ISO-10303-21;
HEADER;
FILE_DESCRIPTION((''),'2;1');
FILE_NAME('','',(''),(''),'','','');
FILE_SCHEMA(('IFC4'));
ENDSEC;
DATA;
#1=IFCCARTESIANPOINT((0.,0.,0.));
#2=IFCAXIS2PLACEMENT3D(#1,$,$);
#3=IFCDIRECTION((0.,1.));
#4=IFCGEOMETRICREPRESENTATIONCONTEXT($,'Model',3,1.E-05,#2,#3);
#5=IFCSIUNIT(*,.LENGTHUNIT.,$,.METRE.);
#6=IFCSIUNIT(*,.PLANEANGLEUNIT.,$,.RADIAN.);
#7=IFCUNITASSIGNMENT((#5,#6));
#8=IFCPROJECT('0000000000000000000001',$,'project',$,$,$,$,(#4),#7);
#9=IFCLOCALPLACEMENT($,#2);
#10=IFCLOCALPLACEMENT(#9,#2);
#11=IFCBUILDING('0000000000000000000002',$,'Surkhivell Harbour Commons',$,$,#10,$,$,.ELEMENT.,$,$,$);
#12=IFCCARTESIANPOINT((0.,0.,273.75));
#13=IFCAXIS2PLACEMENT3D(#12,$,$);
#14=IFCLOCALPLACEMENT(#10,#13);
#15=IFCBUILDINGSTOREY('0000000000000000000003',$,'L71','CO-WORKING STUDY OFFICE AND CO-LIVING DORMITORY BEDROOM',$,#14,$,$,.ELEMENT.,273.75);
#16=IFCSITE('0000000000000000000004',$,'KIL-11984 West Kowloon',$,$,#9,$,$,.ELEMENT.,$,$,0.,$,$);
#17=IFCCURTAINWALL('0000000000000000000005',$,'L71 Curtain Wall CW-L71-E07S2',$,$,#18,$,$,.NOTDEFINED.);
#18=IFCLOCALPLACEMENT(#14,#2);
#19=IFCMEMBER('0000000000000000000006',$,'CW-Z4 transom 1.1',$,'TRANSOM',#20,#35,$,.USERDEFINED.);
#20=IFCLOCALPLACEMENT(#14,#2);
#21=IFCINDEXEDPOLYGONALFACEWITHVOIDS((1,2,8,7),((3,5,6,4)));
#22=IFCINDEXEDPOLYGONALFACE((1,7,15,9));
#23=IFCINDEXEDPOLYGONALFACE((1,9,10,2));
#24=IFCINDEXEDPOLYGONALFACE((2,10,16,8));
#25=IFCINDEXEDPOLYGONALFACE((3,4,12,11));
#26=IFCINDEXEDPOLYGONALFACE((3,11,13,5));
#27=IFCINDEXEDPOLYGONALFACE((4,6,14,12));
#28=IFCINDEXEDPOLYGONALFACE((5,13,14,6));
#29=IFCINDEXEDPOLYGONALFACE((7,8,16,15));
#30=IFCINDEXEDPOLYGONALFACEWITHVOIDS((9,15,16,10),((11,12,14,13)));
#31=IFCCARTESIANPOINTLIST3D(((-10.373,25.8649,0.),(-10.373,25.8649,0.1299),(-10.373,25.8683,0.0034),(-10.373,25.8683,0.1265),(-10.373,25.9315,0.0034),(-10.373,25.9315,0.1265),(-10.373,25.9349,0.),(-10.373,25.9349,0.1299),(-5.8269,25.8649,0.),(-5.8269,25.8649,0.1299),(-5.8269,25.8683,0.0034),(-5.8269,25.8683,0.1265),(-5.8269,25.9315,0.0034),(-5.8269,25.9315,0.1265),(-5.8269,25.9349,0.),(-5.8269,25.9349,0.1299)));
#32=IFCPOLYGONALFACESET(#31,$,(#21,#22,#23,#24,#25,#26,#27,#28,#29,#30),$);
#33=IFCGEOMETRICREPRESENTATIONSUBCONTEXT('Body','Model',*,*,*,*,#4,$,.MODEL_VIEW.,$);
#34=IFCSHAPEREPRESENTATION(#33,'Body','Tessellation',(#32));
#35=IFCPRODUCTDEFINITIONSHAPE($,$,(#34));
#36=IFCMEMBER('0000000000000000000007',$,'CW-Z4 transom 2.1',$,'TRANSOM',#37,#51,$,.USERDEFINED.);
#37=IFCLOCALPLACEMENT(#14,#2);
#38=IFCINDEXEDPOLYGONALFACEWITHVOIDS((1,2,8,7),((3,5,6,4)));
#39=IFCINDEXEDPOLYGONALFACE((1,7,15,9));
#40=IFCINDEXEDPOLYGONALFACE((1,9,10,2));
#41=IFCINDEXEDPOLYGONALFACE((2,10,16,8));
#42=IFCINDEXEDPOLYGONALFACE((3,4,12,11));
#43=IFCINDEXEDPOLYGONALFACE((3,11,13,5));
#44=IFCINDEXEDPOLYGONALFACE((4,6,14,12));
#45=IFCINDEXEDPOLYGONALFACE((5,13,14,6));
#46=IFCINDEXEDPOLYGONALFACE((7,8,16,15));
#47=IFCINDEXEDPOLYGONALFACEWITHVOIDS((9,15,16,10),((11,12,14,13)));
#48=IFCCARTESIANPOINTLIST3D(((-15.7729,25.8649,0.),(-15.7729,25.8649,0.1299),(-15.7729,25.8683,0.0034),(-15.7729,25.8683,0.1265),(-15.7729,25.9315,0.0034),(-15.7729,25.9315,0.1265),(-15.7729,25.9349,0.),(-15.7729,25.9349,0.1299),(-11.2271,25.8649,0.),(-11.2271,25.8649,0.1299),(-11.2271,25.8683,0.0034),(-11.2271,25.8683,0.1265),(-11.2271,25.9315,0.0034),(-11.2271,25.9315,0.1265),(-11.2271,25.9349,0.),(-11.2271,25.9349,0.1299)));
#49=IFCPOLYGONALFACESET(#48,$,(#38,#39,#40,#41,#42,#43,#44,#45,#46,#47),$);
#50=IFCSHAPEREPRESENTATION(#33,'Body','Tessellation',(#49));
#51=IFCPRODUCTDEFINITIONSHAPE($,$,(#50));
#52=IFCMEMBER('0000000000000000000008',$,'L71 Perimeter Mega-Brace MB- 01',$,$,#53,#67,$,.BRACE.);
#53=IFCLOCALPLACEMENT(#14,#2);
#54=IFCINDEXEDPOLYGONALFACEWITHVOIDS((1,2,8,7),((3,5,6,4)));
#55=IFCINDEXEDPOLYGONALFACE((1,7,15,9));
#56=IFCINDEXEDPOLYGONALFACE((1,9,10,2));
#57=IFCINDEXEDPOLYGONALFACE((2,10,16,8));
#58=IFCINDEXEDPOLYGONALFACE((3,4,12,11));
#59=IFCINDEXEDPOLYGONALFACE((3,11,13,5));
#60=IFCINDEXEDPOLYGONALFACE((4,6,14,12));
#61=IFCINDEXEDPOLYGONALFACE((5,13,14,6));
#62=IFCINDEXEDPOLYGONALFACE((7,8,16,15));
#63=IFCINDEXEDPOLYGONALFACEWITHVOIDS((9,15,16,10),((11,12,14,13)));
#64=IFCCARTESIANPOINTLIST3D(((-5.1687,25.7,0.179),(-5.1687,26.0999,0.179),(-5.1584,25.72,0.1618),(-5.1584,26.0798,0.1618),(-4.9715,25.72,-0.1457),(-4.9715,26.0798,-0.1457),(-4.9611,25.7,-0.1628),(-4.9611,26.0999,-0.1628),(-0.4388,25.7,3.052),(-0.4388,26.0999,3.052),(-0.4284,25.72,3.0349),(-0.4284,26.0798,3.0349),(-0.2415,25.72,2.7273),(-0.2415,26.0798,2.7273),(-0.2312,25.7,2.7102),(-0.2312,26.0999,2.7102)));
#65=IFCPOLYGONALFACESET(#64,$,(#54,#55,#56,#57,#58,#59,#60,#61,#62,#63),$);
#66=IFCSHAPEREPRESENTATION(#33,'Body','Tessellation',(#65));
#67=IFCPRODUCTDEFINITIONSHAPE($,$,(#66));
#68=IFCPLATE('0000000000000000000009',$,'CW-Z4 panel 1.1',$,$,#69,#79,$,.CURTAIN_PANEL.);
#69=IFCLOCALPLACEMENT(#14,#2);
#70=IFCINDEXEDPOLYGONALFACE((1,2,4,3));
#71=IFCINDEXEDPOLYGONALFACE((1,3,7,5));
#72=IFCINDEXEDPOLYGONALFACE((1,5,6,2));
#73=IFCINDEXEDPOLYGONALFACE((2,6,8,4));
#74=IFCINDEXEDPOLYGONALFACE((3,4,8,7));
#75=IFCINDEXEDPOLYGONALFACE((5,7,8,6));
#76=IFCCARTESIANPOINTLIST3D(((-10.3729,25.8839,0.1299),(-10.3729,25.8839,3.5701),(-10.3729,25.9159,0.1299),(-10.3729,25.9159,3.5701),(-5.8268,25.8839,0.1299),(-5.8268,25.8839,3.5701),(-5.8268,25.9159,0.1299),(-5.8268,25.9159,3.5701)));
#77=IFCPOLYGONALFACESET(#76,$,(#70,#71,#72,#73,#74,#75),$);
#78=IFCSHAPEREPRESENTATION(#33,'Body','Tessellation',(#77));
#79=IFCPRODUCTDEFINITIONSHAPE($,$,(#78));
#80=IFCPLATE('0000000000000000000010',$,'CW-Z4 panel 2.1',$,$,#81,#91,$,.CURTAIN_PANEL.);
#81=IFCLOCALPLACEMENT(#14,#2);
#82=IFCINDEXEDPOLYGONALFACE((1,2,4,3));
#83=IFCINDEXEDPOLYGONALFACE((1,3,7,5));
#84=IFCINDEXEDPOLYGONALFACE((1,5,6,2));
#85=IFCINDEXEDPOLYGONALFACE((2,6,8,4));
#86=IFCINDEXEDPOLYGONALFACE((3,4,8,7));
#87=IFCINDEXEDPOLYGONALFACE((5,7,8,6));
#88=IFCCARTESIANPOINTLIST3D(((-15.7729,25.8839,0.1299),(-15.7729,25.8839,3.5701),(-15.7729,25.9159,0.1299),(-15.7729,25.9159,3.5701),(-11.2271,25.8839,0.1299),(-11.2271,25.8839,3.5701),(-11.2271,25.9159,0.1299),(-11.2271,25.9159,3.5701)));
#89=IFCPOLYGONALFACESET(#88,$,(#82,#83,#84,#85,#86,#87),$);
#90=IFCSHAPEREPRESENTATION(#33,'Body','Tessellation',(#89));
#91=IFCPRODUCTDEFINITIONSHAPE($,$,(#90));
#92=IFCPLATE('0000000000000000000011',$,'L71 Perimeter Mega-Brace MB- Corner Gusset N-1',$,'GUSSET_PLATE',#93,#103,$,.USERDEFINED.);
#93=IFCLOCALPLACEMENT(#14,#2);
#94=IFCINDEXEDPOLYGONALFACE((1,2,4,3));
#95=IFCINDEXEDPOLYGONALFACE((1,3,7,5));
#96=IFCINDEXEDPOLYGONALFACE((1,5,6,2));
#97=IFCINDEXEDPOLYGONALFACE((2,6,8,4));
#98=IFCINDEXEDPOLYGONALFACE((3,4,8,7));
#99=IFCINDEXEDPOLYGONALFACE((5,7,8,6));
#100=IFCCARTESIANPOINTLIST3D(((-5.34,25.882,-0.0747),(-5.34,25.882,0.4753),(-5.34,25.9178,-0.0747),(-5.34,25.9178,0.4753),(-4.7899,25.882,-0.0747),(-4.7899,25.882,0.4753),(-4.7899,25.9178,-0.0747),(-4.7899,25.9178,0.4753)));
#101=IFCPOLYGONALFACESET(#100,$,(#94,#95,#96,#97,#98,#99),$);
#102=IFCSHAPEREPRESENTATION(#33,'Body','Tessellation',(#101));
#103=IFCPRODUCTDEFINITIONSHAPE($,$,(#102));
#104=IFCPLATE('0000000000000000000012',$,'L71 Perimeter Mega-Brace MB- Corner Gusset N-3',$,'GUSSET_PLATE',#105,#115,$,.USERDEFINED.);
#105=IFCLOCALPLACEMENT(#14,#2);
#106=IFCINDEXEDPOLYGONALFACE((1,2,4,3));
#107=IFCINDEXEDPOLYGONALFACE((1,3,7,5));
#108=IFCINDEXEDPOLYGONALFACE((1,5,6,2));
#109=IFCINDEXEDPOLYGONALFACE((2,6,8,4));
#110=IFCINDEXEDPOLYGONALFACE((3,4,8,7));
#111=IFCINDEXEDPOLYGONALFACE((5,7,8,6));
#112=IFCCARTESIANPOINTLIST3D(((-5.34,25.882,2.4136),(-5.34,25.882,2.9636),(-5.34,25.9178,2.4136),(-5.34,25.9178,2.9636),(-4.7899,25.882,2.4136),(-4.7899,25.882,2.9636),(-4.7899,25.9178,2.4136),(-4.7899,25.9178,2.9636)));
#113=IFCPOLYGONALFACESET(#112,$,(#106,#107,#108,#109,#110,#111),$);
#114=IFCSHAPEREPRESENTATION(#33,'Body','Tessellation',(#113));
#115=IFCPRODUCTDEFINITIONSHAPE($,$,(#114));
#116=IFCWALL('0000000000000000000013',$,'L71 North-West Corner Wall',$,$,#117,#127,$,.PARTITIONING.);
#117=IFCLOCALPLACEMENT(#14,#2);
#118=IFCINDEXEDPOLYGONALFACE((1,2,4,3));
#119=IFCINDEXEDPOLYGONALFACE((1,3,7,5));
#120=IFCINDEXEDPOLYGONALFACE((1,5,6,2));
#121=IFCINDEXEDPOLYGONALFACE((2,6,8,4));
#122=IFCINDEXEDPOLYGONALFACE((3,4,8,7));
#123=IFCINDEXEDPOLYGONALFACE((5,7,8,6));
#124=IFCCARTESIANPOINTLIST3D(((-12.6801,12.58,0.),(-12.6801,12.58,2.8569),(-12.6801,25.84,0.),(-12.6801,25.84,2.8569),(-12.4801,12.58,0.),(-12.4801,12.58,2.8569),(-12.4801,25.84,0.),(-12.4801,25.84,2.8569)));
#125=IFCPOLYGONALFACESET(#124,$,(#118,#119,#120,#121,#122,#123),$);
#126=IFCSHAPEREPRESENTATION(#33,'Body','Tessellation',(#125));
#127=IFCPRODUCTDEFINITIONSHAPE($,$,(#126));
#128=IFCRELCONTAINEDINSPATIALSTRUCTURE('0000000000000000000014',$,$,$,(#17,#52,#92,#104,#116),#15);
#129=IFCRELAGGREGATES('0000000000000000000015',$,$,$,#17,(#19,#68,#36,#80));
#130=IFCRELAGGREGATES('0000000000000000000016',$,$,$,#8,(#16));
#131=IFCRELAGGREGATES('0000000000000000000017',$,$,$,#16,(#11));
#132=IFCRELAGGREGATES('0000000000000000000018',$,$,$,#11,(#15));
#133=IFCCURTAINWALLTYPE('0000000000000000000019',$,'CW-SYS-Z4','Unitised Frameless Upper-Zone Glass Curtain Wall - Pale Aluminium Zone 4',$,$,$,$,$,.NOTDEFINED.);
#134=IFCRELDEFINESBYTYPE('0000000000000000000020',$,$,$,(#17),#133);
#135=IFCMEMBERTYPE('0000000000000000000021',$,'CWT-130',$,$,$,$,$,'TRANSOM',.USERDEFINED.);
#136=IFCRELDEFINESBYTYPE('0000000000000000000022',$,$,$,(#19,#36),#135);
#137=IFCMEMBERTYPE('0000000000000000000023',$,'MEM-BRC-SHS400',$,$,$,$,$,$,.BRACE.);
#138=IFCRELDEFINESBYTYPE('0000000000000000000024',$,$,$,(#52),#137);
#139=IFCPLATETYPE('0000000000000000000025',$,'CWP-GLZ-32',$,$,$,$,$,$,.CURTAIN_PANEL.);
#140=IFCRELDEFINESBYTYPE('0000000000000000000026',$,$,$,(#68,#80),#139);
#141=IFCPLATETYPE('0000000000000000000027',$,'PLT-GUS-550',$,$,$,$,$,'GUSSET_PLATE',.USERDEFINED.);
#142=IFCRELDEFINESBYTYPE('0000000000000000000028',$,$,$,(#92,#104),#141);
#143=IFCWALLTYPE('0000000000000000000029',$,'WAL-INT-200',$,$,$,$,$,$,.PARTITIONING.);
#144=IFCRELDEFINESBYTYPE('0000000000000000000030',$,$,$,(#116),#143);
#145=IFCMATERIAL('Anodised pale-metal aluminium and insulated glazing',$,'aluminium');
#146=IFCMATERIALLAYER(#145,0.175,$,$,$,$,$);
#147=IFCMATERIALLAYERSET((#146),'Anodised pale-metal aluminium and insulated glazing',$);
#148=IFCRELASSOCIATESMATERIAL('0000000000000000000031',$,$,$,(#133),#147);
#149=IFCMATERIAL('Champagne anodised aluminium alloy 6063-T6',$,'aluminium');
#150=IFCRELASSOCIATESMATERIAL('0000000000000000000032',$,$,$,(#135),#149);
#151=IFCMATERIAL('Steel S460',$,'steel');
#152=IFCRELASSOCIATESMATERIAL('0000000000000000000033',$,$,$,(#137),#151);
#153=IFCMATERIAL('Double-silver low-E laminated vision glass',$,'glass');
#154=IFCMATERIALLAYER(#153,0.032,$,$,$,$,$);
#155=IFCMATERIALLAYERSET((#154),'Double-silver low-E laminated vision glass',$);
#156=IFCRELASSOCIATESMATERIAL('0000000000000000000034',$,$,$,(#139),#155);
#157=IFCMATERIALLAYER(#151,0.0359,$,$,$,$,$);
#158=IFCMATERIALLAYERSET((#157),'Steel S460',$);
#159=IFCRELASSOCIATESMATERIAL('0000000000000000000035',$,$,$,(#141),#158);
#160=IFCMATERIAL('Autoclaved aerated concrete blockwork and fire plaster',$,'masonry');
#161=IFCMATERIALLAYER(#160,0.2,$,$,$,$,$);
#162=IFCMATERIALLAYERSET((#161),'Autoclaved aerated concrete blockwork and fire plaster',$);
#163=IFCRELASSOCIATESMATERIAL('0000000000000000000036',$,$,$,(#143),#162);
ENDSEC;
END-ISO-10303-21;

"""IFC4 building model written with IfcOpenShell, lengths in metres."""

from ifc_helpers import new_model, si_unit, direction, frame, frame_2d, origin, origin_2d, place, context, subcontext, project, spatial, rectangle, hollow_rectangle, extrude, material, layer, layer_set, material_profile, profile_set, type_object, element, aggregate, save


model = new_model("IFC4")

# Units and contexts
model_context = context("Model", 3, precision=1e-05, world=origin(), true_north=direction((0.0, 1.0)))
body_context = subcontext(model_context, "Body", "Model", "MODEL_VIEW")
ifc_project = project(units=[si_unit("LENGTHUNIT", "METRE"), si_unit("PLANEANGLEUNIT", "RADIAN")], contexts=[model_context])

# Site, building, storey
site_placement = place(None, origin())
site = spatial("IfcSite", under=ifc_project, at=site_placement, Name="KIL-11984 West Kowloon", CompositionType="ELEMENT", RefElevation=0.0)
building_placement = place(site_placement, origin())
building = spatial("IfcBuilding", under=site, at=building_placement, Name="Surkhivell Harbour Commons", CompositionType="ELEMENT")
storey_placement = place(building_placement, frame((0.0, 0.0, 273.75)))
storey = spatial("IfcBuildingStorey", under=building, at=storey_placement, Name="L71", Description="CO-WORKING STUDY OFFICE AND CO-LIVING DORMITORY BEDROOM", CompositionType="ELEMENT", Elevation=273.75)

# Curtain wall, members
ifc_material_1 = material(Name="Anodised pale-metal aluminium and insulated glazing", Category="aluminium")
ifc_layer_1 = layer(ifc_material_1, 0.175)
ifc_layer_set_1 = layer_set([ifc_layer_1], Name="Anodised pale-metal aluminium and insulated glazing")
curtain_wall_type = type_object("IfcCurtainWallType", Name="CW-SYS-Z4", Description="Unitised Frameless Upper-Zone Glass Curtain Wall - Pale Aluminium Zone 4", PredefinedType="NOTDEFINED", material=ifc_layer_set_1)
curtain_wall_placement = place(storey_placement, origin())
curtain_wall = element("IfcCurtainWall", 1, at=curtain_wall_placement, inside=storey, type_object=curtain_wall_type, Name="L71 Curtain Wall CW-L71-E07S2", PredefinedType="NOTDEFINED")
ifc_material_2 = material(Name="Champagne anodised aluminium alloy 6063-T6", Category="aluminium")
ifc_material_profile_1 = material_profile(ifc_material_2, hollow_rectangle(XDim=0.0701, YDim=0.1299, WallThickness=0.0034, at=origin_2d()), Name="ALU-TRAN-70x130")
ifc_profile_set_1 = profile_set([ifc_material_profile_1], Name="Champagne anodised aluminium alloy 6063-T6")
member_type_1 = type_object("IfcMemberType", Name="CWT-130", ElementType="TRANSOM", PredefinedType="USERDEFINED", material=ifc_profile_set_1)
member_1_placement = place(storey_placement, frame((-5.8269, 25.8999, 0.0649), z_axis=(-1.0, 0.0, 0.0), x_axis=(0.0, -1.0, 0.0)))
member_1 = element("IfcMember", 2, at=member_1_placement, type_object=member_type_1, Name="CW-Z4 transom 1.1", ObjectType="TRANSOM", PredefinedType="USERDEFINED", context=body_context, shape_type="SweptSolid", body=[
    extrude(hollow_rectangle(XDim=0.0701, YDim=0.1299, WallThickness=0.0034, at=origin_2d()), origin(), (0.0, 0.0, 1.0), 4.5461),
])
member_2_placement = place(storey_placement, frame((-11.2271, 25.8999, 0.0649), z_axis=(-1.0, 0.0, 0.0), x_axis=(0.0, -1.0, 0.0)))
member_2 = element("IfcMember", 3, at=member_2_placement, type_object=member_type_1, Name="CW-Z4 transom 2.1", ObjectType="TRANSOM", PredefinedType="USERDEFINED", context=body_context, shape_type="SweptSolid", body=[
    extrude(hollow_rectangle(XDim=0.0701, YDim=0.1299, WallThickness=0.0034, at=origin_2d()), origin(), (0.0, 0.0, 1.0), 4.5459),
])

# Member
ifc_material_3 = material(Name="Steel S460", Category="steel")
ifc_material_profile_2 = material_profile(ifc_material_3, hollow_rectangle(XDim=0.3999, YDim=0.3999, WallThickness=0.02, at=origin_2d()), Name="SHS400x400x20")
ifc_profile_set_2 = profile_set([ifc_material_profile_2], Name="Steel S460")
member_type_2 = type_object("IfcMemberType", Name="MEM-BRC-SHS400", PredefinedType="BRACE", material=ifc_profile_set_2)
member_3_placement = place(storey_placement, frame((-5.0649, 25.8999, 0.0081), z_axis=(0.854685, 0.0, 0.519146), x_axis=(0.0, 1.0, 0.0)))
element("IfcMember", 4, at=member_3_placement, inside=storey, type_object=member_type_2, Name="L71 Perimeter Mega-Brace MB- 01", PredefinedType="BRACE", context=body_context, shape_type="SweptSolid", body=[
    extrude(hollow_rectangle(XDim=0.3999, YDim=0.3999, WallThickness=0.02, at=origin_2d()), origin(), (0.0, 0.0, 1.0), 5.5342),
])

# Plates
ifc_material_4 = material(Name="Double-silver low-E laminated vision glass", Category="glass")
ifc_layer_2 = layer(ifc_material_4, 0.032)
ifc_layer_set_2 = layer_set([ifc_layer_2], Name="Double-silver low-E laminated vision glass")
plate_type_1 = type_object("IfcPlateType", Name="CWP-GLZ-32", PredefinedType="CURTAIN_PANEL", material=ifc_layer_set_2)
plate_1_placement = place(storey_placement, frame((-5.8269, 25.8999, 0.1299), z_axis=(0.0, 0.0, 1.0), x_axis=(-1.0, 0.0, 0.0)))
plate_1 = element("IfcPlate", 5, at=plate_1_placement, type_object=plate_type_1, Name="CW-Z4 panel 1.1", PredefinedType="CURTAIN_PANEL", context=body_context, shape_type="SweptSolid", body=[
    extrude(rectangle(XDim=4.5461, YDim=0.032, at=frame_2d((2.2729, 0.0))), origin(), (0.0, 0.0, 1.0), 3.4402),
])
plate_2_placement = place(storey_placement, frame((-11.2271, 25.8999, 0.1299), z_axis=(0.0, 0.0, 1.0), x_axis=(-1.0, 0.0, 0.0)))
plate_2 = element("IfcPlate", 6, at=plate_2_placement, type_object=plate_type_1, Name="CW-Z4 panel 2.1", PredefinedType="CURTAIN_PANEL", context=body_context, shape_type="SweptSolid", body=[
    extrude(rectangle(XDim=4.5459, YDim=0.032, at=frame_2d((2.2729, 0.0))), origin(), (0.0, 0.0, 1.0), 3.4402),
])
aggregate(curtain_wall, [member_1, plate_1, member_2, plate_2])

# Plates
ifc_layer_3 = layer(ifc_material_3, 0.0359)
ifc_layer_set_3 = layer_set([ifc_layer_3], Name="Steel S460")
plate_type_2 = type_object("IfcPlateType", Name="PLT-GUS-550", ElementType="GUSSET_PLATE", PredefinedType="USERDEFINED", material=ifc_layer_set_3)
for number, where, z_axis, x_axis, name in (
    (7, (-5.0649, 25.8999, -0.0747), (0.0, 0.0, 1.0), (1.0, 0.0, 0.0), "L71 Perimeter Mega-Brace MB- Corner Gusset N-1"),
    (8, (-5.0649, 25.8999, 2.4136), (0.0, 0.0, 1.0), (1.0, 0.0, 0.0), "L71 Perimeter Mega-Brace MB- Corner Gusset N-3"),
):
    element("IfcPlate", number, at=place(storey_placement, frame(where, z_axis=z_axis, x_axis=x_axis)), inside=storey, type_object=plate_type_2, Name=name, ObjectType="GUSSET_PLATE", PredefinedType="USERDEFINED", context=body_context, shape_type="SweptSolid", body=[
        extrude(rectangle(XDim=0.55, YDim=0.0359, at=origin_2d()), origin(), (0.0, 0.0, 1.0), 0.55),
    ])

# Wall
ifc_material_5 = material(Name="Autoclaved aerated concrete blockwork and fire plaster", Category="masonry")
ifc_layer_4 = layer(ifc_material_5, 0.2)
ifc_layer_set_4 = layer_set([ifc_layer_4], Name="Autoclaved aerated concrete blockwork and fire plaster")
wall_type = type_object("IfcWallType", Name="WAL-INT-200", PredefinedType="PARTITIONING", material=ifc_layer_set_4)
wall_1_placement = place(storey_placement, frame((-12.5801, 12.5801, 0.0), z_axis=(0.0, 0.0, 1.0), x_axis=(0.0, 1.0, 0.0)))
element("IfcWall", 9, at=wall_1_placement, inside=storey, type_object=wall_type, Name="L71 North-West Corner Wall", PredefinedType="PARTITIONING", context=body_context, shape_type="SweptSolid", body=[
    extrude(rectangle(XDim=13.26, YDim=0.2, at=frame_2d((6.6299, 0.0))), origin(), (0.0, 0.0, 1.0), 2.8569),
])

save(model, "model.ifc")
